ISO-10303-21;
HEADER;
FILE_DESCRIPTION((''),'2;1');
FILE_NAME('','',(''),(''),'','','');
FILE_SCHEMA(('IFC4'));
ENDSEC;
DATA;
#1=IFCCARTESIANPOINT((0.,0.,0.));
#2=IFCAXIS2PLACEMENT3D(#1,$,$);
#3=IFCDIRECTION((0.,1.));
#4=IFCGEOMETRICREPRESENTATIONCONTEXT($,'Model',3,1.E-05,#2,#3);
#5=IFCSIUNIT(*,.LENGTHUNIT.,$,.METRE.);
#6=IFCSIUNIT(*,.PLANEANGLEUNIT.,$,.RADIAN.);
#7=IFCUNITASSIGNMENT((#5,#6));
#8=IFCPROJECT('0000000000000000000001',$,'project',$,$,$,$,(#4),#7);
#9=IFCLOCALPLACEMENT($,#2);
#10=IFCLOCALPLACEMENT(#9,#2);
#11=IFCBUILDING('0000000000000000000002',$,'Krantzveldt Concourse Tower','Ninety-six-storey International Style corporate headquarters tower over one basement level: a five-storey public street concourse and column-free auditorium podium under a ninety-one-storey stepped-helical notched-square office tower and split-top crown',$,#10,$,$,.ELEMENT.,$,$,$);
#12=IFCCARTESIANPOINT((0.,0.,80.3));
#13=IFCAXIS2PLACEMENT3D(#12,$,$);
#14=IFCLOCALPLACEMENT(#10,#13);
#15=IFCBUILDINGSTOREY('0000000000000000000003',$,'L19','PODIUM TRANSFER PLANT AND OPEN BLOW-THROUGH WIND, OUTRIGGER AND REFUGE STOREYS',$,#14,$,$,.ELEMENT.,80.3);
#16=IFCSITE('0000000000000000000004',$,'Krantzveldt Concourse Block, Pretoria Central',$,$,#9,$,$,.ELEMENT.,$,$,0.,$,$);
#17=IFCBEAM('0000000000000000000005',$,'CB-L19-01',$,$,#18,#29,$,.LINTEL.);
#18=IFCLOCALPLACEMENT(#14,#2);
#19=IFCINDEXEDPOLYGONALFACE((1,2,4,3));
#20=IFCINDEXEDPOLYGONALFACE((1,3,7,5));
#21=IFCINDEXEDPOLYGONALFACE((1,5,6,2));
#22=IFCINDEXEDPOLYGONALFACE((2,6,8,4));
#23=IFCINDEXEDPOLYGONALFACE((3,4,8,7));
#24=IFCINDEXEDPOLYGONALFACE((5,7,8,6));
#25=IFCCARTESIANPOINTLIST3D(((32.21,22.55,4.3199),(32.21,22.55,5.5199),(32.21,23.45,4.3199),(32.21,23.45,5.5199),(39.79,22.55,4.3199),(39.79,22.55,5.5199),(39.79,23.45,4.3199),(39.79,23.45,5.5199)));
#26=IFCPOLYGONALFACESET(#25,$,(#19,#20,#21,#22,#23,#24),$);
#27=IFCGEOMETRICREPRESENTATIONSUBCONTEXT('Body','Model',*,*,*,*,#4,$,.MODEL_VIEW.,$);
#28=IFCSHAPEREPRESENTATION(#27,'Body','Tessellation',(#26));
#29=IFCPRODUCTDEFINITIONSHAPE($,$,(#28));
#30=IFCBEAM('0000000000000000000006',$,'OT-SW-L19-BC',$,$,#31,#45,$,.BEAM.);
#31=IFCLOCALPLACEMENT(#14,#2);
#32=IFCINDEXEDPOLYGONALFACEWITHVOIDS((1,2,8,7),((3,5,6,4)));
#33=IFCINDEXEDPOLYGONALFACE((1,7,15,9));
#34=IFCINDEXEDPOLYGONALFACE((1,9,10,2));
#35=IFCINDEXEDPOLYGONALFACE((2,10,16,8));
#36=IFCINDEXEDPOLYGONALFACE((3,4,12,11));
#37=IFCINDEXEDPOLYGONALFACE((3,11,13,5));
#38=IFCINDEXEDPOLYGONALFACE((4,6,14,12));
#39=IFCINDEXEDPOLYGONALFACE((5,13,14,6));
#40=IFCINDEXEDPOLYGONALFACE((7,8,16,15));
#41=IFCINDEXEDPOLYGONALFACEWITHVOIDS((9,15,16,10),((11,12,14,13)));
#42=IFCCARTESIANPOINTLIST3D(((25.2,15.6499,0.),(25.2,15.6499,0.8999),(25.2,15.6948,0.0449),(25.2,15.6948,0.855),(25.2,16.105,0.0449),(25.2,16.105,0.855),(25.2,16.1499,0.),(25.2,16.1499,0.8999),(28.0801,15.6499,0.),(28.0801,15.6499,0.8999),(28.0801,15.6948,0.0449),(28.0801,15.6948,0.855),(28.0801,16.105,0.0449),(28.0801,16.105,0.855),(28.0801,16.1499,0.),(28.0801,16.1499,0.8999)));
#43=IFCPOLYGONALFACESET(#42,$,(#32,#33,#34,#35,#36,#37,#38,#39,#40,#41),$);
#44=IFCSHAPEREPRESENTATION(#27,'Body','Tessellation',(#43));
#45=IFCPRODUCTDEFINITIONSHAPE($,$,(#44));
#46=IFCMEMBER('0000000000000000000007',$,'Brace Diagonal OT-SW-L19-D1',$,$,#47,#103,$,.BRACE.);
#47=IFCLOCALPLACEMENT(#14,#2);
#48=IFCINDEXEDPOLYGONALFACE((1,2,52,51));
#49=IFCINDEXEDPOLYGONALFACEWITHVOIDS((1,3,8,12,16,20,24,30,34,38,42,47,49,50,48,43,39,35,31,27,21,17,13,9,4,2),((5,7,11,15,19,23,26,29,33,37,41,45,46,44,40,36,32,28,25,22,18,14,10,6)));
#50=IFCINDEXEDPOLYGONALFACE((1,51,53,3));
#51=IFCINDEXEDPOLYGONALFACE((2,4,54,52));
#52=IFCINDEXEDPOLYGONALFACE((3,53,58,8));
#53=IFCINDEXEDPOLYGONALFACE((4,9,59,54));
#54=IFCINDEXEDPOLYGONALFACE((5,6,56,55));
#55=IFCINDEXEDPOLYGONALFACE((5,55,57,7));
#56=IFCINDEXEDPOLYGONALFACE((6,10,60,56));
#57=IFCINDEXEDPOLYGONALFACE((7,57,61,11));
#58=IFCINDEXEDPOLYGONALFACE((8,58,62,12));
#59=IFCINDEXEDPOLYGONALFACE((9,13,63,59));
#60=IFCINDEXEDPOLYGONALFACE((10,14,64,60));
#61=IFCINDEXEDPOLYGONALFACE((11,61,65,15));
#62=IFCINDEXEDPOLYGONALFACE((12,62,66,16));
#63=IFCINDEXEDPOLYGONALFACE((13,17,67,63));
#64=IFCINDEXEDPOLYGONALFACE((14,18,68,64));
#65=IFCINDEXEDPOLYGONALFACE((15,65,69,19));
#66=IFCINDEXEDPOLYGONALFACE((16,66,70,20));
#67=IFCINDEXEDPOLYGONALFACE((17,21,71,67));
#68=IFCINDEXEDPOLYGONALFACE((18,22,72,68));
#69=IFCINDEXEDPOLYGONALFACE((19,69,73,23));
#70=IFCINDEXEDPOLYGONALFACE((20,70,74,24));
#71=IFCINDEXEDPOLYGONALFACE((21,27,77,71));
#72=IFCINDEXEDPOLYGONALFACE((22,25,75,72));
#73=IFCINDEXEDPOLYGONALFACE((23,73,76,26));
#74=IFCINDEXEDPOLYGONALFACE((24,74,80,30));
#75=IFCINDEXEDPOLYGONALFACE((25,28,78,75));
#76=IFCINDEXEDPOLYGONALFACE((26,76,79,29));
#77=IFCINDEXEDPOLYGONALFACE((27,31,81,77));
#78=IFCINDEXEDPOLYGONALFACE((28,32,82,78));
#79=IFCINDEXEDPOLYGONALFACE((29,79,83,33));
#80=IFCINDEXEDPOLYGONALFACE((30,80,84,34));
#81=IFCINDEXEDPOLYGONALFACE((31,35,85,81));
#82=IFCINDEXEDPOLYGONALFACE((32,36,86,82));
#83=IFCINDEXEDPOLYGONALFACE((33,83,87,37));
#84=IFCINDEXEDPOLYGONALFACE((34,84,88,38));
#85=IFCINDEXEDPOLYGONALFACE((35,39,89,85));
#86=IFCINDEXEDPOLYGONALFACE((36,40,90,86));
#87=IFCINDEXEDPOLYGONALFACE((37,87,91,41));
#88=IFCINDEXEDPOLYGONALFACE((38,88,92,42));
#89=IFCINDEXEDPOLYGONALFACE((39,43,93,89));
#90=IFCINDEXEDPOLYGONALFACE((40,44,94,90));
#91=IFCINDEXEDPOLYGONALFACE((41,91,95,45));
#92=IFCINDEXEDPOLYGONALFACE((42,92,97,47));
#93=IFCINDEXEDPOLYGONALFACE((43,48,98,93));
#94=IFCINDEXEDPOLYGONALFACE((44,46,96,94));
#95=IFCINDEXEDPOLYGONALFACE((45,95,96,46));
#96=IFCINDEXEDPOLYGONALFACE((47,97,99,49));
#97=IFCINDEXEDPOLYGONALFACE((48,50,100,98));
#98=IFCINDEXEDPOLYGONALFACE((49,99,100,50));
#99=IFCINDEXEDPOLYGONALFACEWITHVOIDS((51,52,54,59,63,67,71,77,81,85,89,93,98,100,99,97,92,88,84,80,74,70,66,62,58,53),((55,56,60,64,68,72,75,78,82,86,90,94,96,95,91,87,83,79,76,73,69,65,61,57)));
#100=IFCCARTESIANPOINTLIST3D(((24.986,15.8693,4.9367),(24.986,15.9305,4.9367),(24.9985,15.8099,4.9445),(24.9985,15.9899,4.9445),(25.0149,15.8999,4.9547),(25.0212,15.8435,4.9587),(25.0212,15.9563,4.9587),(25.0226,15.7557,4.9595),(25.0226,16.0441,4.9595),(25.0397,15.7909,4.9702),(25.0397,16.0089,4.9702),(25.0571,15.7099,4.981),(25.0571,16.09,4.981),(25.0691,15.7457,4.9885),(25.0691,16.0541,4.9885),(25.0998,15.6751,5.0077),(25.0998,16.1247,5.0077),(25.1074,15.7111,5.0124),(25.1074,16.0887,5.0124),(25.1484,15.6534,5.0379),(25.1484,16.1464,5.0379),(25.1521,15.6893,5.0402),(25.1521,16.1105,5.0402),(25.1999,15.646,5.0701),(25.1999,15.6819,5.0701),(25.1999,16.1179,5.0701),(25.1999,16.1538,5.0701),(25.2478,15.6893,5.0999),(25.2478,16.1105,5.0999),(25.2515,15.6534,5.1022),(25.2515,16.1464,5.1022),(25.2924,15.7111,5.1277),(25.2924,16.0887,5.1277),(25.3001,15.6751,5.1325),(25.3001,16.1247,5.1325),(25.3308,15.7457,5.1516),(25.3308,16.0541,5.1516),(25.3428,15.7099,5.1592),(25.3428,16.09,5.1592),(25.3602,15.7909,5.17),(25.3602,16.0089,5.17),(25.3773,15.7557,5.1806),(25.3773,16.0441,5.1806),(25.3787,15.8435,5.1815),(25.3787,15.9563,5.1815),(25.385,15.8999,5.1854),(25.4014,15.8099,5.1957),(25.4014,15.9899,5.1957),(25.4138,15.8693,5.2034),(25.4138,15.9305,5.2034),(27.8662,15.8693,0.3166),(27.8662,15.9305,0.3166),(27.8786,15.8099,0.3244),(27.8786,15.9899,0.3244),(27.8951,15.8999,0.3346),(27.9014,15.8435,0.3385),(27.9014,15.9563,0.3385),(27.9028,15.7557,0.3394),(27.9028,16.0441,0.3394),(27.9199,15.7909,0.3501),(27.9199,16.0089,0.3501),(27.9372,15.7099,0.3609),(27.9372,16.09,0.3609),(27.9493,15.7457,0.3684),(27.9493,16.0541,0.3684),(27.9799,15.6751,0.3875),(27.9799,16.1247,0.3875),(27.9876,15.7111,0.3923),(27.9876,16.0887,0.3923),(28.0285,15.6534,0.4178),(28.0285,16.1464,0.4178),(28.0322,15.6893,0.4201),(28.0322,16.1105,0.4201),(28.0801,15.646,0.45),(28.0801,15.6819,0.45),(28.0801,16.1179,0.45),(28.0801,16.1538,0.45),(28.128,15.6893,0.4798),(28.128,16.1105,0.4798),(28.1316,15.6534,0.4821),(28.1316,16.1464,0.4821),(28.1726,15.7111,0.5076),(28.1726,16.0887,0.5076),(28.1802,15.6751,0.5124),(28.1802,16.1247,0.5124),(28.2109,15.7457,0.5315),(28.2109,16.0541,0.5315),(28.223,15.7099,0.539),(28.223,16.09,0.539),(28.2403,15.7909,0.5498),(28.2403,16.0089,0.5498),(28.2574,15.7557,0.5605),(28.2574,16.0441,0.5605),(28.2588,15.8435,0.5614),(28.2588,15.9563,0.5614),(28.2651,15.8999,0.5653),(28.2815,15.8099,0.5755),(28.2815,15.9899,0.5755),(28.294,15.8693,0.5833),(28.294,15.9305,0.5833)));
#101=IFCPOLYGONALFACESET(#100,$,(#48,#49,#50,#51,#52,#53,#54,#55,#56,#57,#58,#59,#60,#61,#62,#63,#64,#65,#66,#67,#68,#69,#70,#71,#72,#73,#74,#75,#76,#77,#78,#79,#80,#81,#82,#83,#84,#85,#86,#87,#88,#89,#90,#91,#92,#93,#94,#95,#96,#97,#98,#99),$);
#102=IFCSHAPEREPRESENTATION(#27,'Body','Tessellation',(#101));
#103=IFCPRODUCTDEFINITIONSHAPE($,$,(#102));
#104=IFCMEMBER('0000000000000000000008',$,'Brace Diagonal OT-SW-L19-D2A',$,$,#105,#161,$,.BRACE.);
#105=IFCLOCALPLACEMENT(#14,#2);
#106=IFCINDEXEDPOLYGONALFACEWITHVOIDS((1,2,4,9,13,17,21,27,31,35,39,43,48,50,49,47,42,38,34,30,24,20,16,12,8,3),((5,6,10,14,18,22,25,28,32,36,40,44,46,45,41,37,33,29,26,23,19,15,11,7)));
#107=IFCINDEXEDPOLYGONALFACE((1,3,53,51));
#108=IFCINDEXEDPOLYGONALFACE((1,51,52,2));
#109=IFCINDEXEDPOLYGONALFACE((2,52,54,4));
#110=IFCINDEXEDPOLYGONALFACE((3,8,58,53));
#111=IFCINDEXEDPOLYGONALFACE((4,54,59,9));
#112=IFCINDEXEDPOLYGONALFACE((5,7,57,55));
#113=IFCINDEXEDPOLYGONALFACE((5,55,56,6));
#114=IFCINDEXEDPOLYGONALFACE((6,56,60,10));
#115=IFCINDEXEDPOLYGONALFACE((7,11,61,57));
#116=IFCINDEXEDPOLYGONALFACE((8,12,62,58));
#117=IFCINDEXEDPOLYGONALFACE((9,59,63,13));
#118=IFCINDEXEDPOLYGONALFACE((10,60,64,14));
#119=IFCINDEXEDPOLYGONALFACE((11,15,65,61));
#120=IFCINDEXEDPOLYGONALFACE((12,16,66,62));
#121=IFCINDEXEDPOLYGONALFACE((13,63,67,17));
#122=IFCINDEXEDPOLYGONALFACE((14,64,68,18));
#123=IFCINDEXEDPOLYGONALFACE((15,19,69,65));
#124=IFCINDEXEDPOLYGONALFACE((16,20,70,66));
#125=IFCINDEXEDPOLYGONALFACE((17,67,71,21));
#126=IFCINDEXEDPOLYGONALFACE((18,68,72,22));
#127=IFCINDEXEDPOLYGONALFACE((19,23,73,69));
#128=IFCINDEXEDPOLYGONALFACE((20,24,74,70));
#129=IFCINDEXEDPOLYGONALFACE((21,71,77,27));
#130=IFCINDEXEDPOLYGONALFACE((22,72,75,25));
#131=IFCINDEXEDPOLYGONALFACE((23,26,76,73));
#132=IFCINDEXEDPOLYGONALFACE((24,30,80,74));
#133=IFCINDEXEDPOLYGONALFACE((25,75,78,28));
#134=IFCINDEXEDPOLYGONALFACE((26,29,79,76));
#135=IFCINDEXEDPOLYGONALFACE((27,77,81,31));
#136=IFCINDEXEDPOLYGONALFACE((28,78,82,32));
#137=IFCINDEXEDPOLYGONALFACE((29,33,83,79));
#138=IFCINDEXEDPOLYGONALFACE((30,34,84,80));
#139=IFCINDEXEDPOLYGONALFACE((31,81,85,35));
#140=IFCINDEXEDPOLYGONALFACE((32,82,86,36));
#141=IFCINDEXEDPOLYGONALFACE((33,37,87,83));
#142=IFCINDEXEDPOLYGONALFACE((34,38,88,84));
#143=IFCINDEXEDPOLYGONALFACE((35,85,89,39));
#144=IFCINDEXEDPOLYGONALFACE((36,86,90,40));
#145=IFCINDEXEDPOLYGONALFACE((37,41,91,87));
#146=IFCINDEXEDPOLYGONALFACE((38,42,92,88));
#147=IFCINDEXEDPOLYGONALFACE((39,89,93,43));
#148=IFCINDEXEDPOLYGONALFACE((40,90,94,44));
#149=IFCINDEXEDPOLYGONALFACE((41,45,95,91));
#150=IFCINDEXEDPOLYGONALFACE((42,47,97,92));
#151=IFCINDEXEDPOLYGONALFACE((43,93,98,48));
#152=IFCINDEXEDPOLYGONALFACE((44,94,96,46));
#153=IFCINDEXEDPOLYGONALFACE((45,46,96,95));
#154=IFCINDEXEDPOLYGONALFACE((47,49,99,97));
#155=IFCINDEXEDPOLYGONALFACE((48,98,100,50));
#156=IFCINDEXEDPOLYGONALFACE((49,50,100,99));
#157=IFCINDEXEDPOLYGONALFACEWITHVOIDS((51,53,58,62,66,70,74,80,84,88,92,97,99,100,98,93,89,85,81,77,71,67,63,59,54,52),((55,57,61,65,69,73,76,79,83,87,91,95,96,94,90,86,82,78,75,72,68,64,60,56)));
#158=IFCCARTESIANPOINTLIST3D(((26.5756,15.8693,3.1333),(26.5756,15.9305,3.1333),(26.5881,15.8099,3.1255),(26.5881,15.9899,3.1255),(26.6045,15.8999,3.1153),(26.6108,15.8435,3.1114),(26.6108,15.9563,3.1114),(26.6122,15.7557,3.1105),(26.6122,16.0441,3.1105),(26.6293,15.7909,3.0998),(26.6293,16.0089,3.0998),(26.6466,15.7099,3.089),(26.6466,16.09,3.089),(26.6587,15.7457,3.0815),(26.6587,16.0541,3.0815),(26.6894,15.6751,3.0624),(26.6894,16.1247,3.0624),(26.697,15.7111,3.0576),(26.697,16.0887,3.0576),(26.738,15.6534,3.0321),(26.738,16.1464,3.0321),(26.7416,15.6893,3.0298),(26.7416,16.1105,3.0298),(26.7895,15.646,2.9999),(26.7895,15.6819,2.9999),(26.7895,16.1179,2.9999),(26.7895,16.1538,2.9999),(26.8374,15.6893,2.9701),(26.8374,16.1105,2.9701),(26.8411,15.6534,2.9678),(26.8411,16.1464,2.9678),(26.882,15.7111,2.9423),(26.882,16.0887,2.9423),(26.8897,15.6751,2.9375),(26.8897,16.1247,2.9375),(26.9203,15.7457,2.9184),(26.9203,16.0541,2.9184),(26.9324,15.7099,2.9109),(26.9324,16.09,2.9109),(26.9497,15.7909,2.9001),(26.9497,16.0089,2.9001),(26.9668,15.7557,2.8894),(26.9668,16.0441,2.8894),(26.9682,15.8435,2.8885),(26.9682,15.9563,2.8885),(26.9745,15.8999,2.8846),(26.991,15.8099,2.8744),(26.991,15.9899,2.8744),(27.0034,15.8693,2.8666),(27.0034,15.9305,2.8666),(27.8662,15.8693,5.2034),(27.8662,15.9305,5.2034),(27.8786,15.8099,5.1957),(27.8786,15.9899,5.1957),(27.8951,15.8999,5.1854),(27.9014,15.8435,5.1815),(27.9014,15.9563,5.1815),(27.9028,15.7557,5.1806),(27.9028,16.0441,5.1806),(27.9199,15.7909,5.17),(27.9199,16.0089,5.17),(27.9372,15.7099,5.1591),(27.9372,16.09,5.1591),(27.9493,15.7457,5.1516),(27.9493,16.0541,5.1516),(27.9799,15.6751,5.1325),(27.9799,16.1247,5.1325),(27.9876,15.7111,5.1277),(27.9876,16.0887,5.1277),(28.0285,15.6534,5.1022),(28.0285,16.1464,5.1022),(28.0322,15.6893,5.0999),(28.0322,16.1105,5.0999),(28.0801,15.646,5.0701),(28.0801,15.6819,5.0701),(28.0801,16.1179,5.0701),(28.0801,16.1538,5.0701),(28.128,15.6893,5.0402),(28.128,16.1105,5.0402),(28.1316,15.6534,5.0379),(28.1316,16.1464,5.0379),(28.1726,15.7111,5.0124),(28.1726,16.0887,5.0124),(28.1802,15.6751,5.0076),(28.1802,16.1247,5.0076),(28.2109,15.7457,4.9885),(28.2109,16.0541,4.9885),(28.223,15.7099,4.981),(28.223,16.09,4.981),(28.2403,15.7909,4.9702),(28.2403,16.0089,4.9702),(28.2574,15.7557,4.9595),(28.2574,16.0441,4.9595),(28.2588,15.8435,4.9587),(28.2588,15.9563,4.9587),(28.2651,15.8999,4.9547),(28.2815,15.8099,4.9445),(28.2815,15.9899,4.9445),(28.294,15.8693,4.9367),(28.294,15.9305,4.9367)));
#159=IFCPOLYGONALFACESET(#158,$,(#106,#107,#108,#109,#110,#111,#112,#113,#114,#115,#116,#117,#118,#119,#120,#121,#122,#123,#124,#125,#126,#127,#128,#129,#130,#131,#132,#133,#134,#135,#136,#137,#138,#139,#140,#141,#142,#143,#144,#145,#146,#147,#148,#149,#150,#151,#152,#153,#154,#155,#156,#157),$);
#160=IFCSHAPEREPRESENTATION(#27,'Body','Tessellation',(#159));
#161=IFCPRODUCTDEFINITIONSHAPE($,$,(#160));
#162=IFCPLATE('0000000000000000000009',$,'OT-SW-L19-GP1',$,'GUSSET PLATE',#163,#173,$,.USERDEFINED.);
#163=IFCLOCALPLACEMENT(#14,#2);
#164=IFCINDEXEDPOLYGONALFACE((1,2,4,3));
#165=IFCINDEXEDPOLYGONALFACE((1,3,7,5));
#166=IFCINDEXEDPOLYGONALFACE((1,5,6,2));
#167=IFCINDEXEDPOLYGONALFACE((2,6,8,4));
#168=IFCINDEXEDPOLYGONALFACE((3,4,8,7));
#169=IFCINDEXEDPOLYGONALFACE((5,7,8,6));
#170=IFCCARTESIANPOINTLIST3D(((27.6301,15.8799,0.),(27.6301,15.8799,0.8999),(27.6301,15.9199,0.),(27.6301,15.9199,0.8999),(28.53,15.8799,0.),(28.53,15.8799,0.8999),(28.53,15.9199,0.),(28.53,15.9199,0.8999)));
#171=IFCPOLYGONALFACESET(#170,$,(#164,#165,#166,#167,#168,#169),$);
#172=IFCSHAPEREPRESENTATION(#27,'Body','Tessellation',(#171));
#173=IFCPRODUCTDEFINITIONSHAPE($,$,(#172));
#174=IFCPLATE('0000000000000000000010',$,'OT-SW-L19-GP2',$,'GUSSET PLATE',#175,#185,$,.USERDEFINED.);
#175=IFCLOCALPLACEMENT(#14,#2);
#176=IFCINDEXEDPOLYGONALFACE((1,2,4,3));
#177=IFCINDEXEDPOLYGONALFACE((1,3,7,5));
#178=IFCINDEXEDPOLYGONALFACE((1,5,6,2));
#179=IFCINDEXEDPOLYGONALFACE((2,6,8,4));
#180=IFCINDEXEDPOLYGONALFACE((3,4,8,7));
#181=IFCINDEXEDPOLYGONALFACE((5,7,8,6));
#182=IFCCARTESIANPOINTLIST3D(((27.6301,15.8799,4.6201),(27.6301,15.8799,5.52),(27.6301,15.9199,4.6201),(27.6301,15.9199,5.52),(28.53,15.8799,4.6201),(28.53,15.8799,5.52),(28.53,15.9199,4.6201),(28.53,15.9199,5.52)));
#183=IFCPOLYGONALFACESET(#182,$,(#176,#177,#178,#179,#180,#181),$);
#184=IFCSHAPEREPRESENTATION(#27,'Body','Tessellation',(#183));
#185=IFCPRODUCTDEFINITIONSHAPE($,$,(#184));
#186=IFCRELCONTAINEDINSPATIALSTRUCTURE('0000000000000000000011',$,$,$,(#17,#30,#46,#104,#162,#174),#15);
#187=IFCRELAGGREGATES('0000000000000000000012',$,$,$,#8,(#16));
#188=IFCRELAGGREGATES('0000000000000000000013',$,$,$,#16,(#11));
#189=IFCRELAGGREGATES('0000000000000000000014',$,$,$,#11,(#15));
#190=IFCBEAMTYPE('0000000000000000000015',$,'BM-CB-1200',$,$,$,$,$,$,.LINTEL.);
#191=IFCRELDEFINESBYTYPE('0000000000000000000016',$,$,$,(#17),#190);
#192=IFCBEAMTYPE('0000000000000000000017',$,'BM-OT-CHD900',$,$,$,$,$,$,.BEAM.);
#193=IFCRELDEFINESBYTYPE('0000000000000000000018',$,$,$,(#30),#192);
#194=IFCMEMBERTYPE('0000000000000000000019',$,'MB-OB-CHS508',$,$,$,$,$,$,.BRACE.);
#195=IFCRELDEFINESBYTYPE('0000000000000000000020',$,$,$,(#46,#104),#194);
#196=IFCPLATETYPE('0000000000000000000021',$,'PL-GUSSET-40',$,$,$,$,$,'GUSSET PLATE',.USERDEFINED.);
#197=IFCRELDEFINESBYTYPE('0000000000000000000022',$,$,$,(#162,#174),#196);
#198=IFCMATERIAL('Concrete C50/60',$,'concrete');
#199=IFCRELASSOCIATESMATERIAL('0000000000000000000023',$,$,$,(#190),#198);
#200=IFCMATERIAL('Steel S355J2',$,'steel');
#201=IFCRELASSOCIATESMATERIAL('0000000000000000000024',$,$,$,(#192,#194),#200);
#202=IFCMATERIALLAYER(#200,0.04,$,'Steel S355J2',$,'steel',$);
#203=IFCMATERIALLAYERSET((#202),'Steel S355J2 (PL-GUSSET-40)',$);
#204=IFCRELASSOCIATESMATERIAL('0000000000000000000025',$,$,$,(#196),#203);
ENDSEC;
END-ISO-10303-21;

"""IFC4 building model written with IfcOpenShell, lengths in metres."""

from ifc_helpers import new_model, si_unit, direction, frame, origin, origin_2d, place, context, subcontext, project, spatial, rectangle, hollow_rectangle, hollow_circle, extrude, source, transform, mapped, material, layer, layer_set, material_profile, profile_set, type_object, type_shapes, element, save


model = new_model("IFC4")

# Units and contexts
model_context = context("Model", 3, precision=1e-05, world=origin(), true_north=direction((0.0, 1.0)))
body_context = subcontext(model_context, "Body", "Model", "MODEL_VIEW")
ifc_project = project(units=[si_unit("LENGTHUNIT", "METRE"), si_unit("PLANEANGLEUNIT", "RADIAN")], contexts=[model_context])

# Site, building, storey
site_placement = place(None, origin())
site = spatial("IfcSite", under=ifc_project, at=site_placement, Name="Krantzveldt Concourse Block, Pretoria Central", CompositionType="ELEMENT", RefElevation=0.0)
building_placement = place(site_placement, origin())
building = spatial("IfcBuilding", under=site, at=building_placement, Name="Krantzveldt Concourse Tower", Description="Ninety-six-storey International Style corporate headquarters tower over one basement level: a five-storey public street concourse and column-free auditorium podium under a ninety-one-storey stepped-helical notched-square office tower and split-top crown", CompositionType="ELEMENT")
storey_placement = place(building_placement, frame((0.0, 0.0, 80.3)))
storey = spatial("IfcBuildingStorey", under=building, at=storey_placement, Name="L19", Description="PODIUM TRANSFER PLANT AND OPEN BLOW-THROUGH WIND, OUTRIGGER AND REFUGE STOREYS", CompositionType="ELEMENT", Elevation=80.3)

# Beams
ifc_material_1 = material(Name="Concrete C50/60", Category="concrete")
ifc_material_profile_1 = material_profile(ifc_material_1, rectangle(XDim=0.8999, YDim=1.2, at=origin_2d()), Name="Concrete C50/60", Category="concrete")
ifc_profile_set_1 = profile_set([ifc_material_profile_1], Name="Concrete C50/60 - RC-CB 900x1200")
beam_type_1 = type_object("IfcBeamType", Name="BM-CB-1200", PredefinedType="LINTEL", material=ifc_profile_set_1)
shared_shape_1 = source(origin(), body_context, "Body", "SweptSolid", [
    extrude(rectangle(XDim=0.8999, YDim=1.2, at=origin_2d()), origin(), (0.0, 0.0, 1.0), 7.5801),
])
type_shapes(beam_type_1, [shared_shape_1])
beam_1_placement = place(storey_placement, frame((32.21, 23.0, 4.9199), z_axis=(1.0, 0.0, 0.0), x_axis=(0.0, 1.0, 0.0)))
element("IfcBeam", 1, at=beam_1_placement, inside=storey, type_object=beam_type_1, Name="CB-L19-01", PredefinedType="LINTEL", context=body_context, shape_type="MappedRepresentation", body=[
    mapped(shared_shape_1, transform((0.0, 0.0, 0.0), x_axis=(1.0, 0.0, 0.0), y_axis=(0.0, 1.0, 0.0), z_axis=(0.0, 0.0, 1.0), scale=1.0)),
])
ifc_material_2 = material(Name="Steel S355J2", Category="steel")
ifc_material_profile_2 = material_profile(ifc_material_2, hollow_rectangle(XDim=0.5, YDim=0.8999, WallThickness=0.0449, at=origin_2d()), Name="Steel S355J2", Category="steel")
ifc_profile_set_2 = profile_set([ifc_material_profile_2], Name="Steel S355J2 - RHS 900x500x45")
beam_type_2 = type_object("IfcBeamType", Name="BM-OT-CHD900", PredefinedType="BEAM", material=ifc_profile_set_2)
shared_shape_2 = source(origin(), body_context, "Body", "SweptSolid", [
    extrude(hollow_rectangle(XDim=0.5, YDim=0.8999, WallThickness=0.0449, at=origin_2d()), origin(), (0.0, 0.0, 1.0), 2.8801),
])
type_shapes(beam_type_2, [shared_shape_2])
beam_2_placement = place(storey_placement, frame((28.0801, 15.8999, 0.45), z_axis=(-1.0, 0.0, 0.0), x_axis=(0.0, -1.0, 0.0)))
element("IfcBeam", 2, at=beam_2_placement, inside=storey, type_object=beam_type_2, Name="OT-SW-L19-BC", PredefinedType="BEAM", context=body_context, shape_type="MappedRepresentation", body=[
    mapped(shared_shape_2, transform((0.0, 0.0, 0.0), x_axis=(1.0, 0.0, 0.0), y_axis=(0.0, 1.0, 0.0), z_axis=(0.0, 0.0, 1.0), scale=1.0)),
])

# Members
ifc_material_profile_3 = material_profile(ifc_material_2, hollow_circle(Radius=0.2539, WallThickness=0.0359, at=origin_2d()), Name="Steel S355J2", Category="steel")
ifc_profile_set_3 = profile_set([ifc_material_profile_3], Name="Steel S355J2 - CHS 508x36")
member_type = type_object("IfcMemberType", Name="MB-OB-CHS508", PredefinedType="BRACE", material=ifc_profile_set_3)
shared_shape_3 = source(origin(), body_context, "Body", "SweptSolid", [
    extrude(hollow_circle(Radius=0.2539, WallThickness=0.0359, at=origin_2d()), origin(), (0.0, 0.0, 1.0), 5.4443),
])
member_1_placement = place(storey_placement, frame((28.0801, 15.8999, 0.45), z_axis=(-0.529015, 0.0, 0.848612), x_axis=(0.0, -1.0, 0.0)))
element("IfcMember", 3, at=member_1_placement, inside=storey, type_object=member_type, Name="Brace Diagonal OT-SW-L19-D1", PredefinedType="BRACE", context=body_context, shape_type="MappedRepresentation", body=[
    mapped(shared_shape_3, transform((0.0, 0.0, 0.0), x_axis=(1.0, 0.0, 0.0), y_axis=(0.0, 1.0, 0.0), z_axis=(0.0, 0.0, 1.0), scale=1.0)),
])
shared_shape_4 = source(origin(), body_context, "Body", "SweptSolid", [
    extrude(hollow_circle(Radius=0.2539, WallThickness=0.0359, at=origin_2d()), origin(), (0.0, 0.0, 1.0), 2.4395),
])
type_shapes(member_type, [shared_shape_3, shared_shape_4])
member_2_placement = place(storey_placement, frame((28.0801, 15.8999, 5.0701), z_axis=(-0.529036, 0.0, -0.848599), x_axis=(0.0, -1.0, 0.0)))
element("IfcMember", 4, at=member_2_placement, inside=storey, type_object=member_type, Name="Brace Diagonal OT-SW-L19-D2A", PredefinedType="BRACE", context=body_context, shape_type="MappedRepresentation", body=[
    mapped(shared_shape_4, transform((0.0, 0.0, 0.0), x_axis=(1.0, 0.0, 0.0), y_axis=(0.0, 1.0, 0.0), z_axis=(0.0, 0.0, 1.0), scale=1.0)),
])

# Plates
ifc_layer_1 = layer(ifc_material_2, 0.04, Name="Steel S355J2", Category="steel")
ifc_layer_set_1 = layer_set([ifc_layer_1], Name="Steel S355J2 (PL-GUSSET-40)")
plate_type_1 = type_object("IfcPlateType", Name="PL-GUSSET-40", ElementType="GUSSET PLATE", PredefinedType="USERDEFINED", material=ifc_layer_set_1)
shared_shape_5 = source(origin(), body_context, "Body", "SweptSolid", [
    extrude(rectangle(XDim=0.8999, YDim=0.04, at=origin_2d()), origin(), (0.0, 0.0, 1.0), 0.8999),
])
type_shapes(plate_type_1, [shared_shape_5])
for number, where, z_axis, x_axis, name in (
    (5, (28.0801, 15.8999, 0.0), (0.0, 0.0, 1.0), (1.0, 0.0, 0.0), "OT-SW-L19-GP1"),
    (6, (28.0801, 15.8999, 4.6201), (0.0, 0.0, 1.0), (1.0, 0.0, 0.0), "OT-SW-L19-GP2"),
):
    element("IfcPlate", number, at=place(storey_placement, frame(where, z_axis=z_axis, x_axis=x_axis)), inside=storey, type_object=plate_type_1, Name=name, ObjectType="GUSSET PLATE", PredefinedType="USERDEFINED", context=body_context, shape_type="MappedRepresentation", body=[
        mapped(shared_shape_5, transform((0.0, 0.0, 0.0), x_axis=(1.0, 0.0, 0.0), y_axis=(0.0, 1.0, 0.0), z_axis=(0.0, 0.0, 1.0), scale=1.0)),
    ])

save(model, "model.ifc")
